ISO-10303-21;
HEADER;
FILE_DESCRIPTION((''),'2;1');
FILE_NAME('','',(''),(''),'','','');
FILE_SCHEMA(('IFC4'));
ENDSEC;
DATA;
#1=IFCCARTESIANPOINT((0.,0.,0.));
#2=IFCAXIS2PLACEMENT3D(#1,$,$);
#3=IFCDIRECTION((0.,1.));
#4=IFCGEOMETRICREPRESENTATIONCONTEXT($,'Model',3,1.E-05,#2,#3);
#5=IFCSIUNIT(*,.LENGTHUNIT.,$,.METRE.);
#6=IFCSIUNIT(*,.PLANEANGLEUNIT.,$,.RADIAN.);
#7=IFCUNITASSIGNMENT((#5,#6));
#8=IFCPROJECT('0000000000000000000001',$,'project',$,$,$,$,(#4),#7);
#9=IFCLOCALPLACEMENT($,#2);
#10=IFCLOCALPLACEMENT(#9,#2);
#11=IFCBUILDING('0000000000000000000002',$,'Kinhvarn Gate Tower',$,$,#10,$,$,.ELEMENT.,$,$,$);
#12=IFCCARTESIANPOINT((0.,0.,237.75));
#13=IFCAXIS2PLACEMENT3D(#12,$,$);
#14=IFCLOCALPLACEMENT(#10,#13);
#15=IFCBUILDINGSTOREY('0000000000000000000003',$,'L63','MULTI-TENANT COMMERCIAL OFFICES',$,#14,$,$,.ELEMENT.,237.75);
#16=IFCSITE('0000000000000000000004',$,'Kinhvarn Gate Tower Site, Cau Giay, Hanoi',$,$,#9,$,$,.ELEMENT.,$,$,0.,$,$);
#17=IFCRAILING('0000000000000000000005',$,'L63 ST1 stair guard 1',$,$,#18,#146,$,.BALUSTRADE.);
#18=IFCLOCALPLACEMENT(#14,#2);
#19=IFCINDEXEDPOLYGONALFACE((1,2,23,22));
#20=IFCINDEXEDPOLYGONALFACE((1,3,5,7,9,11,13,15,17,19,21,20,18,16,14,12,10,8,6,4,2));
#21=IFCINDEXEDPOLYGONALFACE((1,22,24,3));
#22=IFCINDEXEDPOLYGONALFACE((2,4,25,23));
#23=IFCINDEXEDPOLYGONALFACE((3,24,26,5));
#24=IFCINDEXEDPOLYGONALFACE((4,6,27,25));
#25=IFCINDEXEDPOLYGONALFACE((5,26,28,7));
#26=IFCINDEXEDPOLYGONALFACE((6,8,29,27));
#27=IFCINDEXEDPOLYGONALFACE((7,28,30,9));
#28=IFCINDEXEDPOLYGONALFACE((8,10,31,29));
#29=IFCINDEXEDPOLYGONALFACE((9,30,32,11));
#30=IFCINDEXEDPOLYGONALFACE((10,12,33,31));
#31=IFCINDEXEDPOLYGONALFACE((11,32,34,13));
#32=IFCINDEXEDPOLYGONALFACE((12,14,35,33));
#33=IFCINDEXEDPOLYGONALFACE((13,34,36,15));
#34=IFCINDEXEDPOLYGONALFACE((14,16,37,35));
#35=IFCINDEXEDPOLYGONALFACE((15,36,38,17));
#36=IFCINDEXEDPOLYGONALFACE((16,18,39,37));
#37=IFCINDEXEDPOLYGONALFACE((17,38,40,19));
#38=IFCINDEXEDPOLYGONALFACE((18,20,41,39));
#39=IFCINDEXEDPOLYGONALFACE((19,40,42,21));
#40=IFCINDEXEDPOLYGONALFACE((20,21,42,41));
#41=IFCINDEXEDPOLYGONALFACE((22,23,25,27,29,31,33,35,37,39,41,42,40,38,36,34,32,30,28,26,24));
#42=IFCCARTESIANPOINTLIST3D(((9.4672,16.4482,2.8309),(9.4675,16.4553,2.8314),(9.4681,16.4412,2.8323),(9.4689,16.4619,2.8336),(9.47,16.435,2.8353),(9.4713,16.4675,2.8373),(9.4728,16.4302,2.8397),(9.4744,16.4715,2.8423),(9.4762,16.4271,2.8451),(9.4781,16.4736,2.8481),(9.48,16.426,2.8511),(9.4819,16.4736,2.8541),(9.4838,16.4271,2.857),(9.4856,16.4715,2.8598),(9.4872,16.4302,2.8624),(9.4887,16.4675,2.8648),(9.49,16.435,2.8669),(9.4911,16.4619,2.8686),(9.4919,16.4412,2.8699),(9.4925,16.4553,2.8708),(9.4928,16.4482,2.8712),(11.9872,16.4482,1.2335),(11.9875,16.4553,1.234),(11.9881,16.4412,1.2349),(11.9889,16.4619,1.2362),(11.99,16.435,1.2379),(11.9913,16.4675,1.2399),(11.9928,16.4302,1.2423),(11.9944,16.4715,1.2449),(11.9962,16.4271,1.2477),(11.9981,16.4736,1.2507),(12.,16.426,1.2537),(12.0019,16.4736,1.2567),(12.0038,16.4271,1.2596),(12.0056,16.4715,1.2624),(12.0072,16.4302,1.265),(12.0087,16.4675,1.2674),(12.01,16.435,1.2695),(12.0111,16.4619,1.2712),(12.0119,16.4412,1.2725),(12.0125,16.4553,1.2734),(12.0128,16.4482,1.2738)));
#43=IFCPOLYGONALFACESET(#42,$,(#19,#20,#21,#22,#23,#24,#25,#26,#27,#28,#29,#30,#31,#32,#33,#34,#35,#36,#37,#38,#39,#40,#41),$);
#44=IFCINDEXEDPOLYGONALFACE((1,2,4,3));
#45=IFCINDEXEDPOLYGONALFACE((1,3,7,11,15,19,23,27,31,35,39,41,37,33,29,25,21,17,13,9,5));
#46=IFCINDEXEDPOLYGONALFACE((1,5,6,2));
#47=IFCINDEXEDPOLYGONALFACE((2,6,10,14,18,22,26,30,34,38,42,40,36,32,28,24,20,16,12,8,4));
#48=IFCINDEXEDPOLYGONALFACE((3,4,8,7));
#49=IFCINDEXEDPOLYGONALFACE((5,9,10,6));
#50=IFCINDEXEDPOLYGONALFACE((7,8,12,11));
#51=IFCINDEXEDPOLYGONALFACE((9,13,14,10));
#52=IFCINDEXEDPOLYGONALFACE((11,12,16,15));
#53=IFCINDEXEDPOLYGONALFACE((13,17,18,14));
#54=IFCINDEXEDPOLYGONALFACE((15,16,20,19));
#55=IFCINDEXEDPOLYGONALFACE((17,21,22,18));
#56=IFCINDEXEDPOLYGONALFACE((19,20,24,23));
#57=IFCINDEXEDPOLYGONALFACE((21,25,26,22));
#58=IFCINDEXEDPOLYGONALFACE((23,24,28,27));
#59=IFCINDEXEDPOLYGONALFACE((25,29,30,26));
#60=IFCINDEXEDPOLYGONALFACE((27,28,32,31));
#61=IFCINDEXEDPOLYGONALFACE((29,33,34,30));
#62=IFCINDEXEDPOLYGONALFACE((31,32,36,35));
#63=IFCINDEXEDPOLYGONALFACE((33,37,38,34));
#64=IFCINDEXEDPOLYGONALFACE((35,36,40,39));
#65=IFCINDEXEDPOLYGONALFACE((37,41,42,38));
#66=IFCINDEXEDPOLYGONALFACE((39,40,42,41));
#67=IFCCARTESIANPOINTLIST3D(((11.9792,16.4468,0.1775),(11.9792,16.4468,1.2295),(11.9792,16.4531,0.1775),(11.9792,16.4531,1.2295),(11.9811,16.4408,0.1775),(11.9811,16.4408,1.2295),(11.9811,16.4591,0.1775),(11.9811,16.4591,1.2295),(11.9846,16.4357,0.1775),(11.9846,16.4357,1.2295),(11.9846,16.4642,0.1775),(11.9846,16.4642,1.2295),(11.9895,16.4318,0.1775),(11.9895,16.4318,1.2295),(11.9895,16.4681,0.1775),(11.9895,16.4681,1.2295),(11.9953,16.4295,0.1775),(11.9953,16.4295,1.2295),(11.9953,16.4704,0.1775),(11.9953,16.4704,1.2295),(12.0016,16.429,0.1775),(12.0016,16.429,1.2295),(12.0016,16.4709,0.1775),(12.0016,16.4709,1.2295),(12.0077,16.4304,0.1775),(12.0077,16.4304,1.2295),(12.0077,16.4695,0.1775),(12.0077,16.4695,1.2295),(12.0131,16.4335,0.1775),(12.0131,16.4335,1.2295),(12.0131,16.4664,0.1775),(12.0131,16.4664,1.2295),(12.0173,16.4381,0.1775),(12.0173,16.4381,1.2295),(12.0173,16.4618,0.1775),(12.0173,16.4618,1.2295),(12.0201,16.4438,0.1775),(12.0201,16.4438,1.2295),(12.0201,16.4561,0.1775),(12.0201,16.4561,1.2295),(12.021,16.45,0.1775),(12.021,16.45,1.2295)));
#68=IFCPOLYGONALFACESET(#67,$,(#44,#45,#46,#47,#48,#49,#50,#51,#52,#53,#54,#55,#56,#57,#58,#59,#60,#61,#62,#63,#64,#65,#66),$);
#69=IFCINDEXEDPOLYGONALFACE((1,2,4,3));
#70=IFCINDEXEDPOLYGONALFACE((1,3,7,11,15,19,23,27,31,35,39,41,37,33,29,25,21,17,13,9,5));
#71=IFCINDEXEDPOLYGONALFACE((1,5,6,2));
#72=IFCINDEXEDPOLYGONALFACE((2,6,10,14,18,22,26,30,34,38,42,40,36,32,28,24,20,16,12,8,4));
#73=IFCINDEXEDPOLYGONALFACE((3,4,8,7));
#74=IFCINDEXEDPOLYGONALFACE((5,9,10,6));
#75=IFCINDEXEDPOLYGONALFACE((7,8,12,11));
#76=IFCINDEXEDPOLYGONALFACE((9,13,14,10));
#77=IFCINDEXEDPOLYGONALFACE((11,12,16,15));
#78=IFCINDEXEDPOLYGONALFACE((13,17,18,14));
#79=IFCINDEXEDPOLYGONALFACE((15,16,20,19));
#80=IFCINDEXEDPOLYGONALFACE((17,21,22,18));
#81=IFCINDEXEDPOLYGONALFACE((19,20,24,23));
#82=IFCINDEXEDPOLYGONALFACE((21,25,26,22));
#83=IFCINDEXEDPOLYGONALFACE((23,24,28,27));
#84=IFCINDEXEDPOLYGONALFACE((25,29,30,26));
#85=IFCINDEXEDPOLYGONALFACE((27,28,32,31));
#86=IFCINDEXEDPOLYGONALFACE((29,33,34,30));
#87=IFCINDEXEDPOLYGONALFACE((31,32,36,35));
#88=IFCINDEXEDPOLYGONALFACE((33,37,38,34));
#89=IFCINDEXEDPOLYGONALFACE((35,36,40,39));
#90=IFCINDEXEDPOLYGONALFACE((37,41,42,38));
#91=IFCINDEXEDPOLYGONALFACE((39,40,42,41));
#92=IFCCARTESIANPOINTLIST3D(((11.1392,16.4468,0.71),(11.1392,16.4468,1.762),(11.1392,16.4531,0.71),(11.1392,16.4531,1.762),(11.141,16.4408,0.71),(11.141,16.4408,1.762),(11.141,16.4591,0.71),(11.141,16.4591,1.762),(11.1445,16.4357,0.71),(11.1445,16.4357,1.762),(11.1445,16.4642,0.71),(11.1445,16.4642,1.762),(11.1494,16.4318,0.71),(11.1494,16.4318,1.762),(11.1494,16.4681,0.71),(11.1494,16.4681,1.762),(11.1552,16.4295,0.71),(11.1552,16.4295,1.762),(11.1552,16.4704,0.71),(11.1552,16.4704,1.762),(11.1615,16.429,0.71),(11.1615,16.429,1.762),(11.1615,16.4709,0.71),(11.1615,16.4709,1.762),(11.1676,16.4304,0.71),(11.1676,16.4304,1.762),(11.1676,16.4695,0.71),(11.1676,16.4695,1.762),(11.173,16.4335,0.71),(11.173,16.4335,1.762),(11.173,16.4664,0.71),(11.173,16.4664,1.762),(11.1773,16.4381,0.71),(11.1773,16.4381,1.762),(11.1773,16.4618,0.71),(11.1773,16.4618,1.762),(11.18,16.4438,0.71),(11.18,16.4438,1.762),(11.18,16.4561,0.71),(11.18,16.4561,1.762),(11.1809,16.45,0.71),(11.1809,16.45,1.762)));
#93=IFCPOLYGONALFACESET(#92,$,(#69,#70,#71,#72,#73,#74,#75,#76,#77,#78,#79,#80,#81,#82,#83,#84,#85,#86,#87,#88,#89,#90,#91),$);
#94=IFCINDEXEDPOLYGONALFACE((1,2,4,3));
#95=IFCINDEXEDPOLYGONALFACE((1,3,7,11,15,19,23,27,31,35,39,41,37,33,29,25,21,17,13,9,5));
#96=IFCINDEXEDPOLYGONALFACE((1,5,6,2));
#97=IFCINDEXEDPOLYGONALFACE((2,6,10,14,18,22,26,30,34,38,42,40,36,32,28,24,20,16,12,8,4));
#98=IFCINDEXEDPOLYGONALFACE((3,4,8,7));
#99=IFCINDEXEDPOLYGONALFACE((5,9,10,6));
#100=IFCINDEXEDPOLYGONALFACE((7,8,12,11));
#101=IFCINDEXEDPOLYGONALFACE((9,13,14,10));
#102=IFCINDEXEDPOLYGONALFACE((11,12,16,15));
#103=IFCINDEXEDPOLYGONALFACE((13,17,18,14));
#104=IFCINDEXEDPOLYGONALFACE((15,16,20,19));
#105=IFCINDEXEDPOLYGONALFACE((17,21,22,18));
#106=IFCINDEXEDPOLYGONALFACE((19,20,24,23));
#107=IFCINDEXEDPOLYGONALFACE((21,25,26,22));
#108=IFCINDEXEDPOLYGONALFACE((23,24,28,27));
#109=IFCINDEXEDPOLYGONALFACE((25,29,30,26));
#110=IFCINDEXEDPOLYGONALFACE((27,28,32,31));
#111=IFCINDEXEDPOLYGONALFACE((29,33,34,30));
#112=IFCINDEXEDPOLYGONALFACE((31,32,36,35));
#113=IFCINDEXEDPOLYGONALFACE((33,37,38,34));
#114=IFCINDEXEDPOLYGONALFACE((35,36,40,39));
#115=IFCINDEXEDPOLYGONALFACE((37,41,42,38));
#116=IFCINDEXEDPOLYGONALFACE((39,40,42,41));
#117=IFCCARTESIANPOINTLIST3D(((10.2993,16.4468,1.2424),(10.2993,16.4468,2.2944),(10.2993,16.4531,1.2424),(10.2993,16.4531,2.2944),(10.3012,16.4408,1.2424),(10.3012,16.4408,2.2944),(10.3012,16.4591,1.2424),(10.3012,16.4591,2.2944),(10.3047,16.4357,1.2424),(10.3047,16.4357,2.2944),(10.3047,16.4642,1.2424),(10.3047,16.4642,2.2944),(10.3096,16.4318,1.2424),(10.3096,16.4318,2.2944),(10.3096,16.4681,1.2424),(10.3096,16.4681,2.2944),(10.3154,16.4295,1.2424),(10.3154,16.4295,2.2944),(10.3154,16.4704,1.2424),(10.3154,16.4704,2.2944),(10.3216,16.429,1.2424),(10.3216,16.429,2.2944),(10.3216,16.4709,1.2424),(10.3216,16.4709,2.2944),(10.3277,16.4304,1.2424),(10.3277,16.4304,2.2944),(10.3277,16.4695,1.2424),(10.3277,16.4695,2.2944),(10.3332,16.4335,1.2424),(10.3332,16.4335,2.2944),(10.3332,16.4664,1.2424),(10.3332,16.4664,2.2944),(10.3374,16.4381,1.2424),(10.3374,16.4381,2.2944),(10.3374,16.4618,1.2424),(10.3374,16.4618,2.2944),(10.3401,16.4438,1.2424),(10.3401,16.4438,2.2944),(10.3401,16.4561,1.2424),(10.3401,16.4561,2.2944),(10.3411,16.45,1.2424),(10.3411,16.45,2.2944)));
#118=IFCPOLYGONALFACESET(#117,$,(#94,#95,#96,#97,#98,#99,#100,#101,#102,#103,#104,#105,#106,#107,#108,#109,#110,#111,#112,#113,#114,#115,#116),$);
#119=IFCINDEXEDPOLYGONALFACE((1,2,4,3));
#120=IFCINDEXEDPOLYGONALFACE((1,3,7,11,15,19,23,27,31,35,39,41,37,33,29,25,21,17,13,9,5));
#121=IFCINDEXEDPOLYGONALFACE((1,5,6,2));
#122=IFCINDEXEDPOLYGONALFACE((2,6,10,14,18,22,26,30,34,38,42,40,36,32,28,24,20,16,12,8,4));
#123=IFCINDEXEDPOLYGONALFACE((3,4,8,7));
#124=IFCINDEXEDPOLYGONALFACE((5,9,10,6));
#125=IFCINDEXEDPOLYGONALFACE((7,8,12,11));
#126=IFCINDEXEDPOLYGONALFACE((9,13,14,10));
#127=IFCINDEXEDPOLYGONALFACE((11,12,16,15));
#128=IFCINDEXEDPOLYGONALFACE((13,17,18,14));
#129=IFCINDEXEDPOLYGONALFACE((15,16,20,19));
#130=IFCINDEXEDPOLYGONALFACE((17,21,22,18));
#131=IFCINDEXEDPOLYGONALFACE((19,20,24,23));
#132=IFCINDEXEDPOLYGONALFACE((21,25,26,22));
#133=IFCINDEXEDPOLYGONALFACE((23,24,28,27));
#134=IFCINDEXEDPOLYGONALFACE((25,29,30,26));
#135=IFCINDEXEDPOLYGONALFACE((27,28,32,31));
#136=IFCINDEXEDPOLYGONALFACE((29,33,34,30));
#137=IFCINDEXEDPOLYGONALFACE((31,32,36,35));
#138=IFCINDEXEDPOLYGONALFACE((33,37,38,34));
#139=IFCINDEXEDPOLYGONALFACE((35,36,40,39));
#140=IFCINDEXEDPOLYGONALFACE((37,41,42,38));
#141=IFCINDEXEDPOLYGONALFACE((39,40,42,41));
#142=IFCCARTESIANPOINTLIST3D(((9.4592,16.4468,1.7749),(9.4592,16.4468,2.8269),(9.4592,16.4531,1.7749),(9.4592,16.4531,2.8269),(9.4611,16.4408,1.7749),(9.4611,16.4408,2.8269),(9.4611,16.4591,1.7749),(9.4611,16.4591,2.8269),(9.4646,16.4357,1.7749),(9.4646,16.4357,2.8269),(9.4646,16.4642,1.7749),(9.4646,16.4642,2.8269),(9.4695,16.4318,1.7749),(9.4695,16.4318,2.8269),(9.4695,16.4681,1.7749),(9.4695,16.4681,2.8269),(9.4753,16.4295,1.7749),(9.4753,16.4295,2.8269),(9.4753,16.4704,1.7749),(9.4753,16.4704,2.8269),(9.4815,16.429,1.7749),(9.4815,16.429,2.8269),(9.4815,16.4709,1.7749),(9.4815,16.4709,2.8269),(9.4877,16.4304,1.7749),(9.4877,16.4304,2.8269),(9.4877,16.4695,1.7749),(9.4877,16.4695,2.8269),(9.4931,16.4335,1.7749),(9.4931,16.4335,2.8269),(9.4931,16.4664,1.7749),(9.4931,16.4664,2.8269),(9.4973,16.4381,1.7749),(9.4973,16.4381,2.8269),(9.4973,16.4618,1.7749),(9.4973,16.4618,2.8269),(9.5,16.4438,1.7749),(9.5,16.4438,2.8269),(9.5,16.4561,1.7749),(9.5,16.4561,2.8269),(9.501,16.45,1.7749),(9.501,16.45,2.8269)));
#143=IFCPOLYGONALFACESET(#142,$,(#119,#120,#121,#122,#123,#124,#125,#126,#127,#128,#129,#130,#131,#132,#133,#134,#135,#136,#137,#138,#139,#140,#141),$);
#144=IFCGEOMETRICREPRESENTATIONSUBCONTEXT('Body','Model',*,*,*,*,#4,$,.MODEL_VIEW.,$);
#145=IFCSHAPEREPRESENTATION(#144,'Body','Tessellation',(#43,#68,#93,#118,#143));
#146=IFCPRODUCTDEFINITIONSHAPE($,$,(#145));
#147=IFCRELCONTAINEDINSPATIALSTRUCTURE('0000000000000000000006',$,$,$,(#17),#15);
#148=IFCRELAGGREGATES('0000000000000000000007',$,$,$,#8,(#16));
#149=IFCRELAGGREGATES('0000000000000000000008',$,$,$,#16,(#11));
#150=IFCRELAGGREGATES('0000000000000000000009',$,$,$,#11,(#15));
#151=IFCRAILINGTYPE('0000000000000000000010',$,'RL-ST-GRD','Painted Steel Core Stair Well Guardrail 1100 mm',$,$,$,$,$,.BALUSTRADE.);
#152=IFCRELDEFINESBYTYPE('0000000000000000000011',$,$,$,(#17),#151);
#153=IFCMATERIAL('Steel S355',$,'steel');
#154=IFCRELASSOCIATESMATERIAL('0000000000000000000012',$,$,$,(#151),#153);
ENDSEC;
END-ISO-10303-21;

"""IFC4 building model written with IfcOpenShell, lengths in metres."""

from ifc_helpers import new_model, si_unit, direction, frame, origin, origin_2d, place, context, subcontext, project, spatial, circle, extrude, material, type_object, element, save


model = new_model("IFC4")

# Units and contexts
model_context = context("Model", 3, precision=1e-05, world=origin(), true_north=direction((0.0, 1.0)))
body_context = subcontext(model_context, "Body", "Model", "MODEL_VIEW")
ifc_project = project(units=[si_unit("LENGTHUNIT", "METRE"), si_unit("PLANEANGLEUNIT", "RADIAN")], contexts=[model_context])

# Site, building, storey
site_placement = place(None, origin())
site = spatial("IfcSite", under=ifc_project, at=site_placement, Name="Kinhvarn Gate Tower Site, Cau Giay, Hanoi", CompositionType="ELEMENT", RefElevation=0.0)
building_placement = place(site_placement, origin())
building = spatial("IfcBuilding", under=site, at=building_placement, Name="Kinhvarn Gate Tower", CompositionType="ELEMENT")
storey_placement = place(building_placement, frame((0.0, 0.0, 237.75)))
storey = spatial("IfcBuildingStorey", under=building, at=storey_placement, Name="L63", Description="MULTI-TENANT COMMERCIAL OFFICES", CompositionType="ELEMENT", Elevation=237.75)

# Shared definitions
ifc_material_1 = material(Name="Steel S355", Category="steel")

# Railing
railing_type_1 = type_object("IfcRailingType", Name="RL-ST-GRD", Description="Painted Steel Core Stair Well Guardrail 1100 mm", PredefinedType="BALUSTRADE", material=ifc_material_1)
railing_1_placement = place(storey_placement, frame((12.0, 16.45, 0.1775)))
element("IfcRailing", 1, at=railing_1_placement, inside=storey, type_object=railing_type_1, Name="L63 ST1 stair guard 1", PredefinedType="BALUSTRADE", context=body_context, shape_type="SweptSolid", body=[
    extrude(circle(Radius=0.0239, at=origin_2d()), frame((0.0, 0.0, 1.0762), z_axis=(-0.844607, 0.0, 0.535387), x_axis=(0.0, -1.0, 0.0)), (0.0, 0.0, 1.0), 2.9836),
    extrude(circle(Radius=0.021, at=origin_2d()), origin(), (0.0, 0.0, 1.0), 1.052),
    extrude(circle(Radius=0.021, at=origin_2d()), frame((-0.8401, 0.0, 0.5325)), (0.0, 0.0, 1.0), 1.052),
    extrude(circle(Radius=0.021, at=origin_2d()), frame((-1.6799, 0.0, 1.0649)), (0.0, 0.0, 1.0), 1.052),
    extrude(circle(Radius=0.021, at=origin_2d()), frame((-2.52, 0.0, 1.5974)), (0.0, 0.0, 1.0), 1.052),
])

save(model, "model.ifc")
